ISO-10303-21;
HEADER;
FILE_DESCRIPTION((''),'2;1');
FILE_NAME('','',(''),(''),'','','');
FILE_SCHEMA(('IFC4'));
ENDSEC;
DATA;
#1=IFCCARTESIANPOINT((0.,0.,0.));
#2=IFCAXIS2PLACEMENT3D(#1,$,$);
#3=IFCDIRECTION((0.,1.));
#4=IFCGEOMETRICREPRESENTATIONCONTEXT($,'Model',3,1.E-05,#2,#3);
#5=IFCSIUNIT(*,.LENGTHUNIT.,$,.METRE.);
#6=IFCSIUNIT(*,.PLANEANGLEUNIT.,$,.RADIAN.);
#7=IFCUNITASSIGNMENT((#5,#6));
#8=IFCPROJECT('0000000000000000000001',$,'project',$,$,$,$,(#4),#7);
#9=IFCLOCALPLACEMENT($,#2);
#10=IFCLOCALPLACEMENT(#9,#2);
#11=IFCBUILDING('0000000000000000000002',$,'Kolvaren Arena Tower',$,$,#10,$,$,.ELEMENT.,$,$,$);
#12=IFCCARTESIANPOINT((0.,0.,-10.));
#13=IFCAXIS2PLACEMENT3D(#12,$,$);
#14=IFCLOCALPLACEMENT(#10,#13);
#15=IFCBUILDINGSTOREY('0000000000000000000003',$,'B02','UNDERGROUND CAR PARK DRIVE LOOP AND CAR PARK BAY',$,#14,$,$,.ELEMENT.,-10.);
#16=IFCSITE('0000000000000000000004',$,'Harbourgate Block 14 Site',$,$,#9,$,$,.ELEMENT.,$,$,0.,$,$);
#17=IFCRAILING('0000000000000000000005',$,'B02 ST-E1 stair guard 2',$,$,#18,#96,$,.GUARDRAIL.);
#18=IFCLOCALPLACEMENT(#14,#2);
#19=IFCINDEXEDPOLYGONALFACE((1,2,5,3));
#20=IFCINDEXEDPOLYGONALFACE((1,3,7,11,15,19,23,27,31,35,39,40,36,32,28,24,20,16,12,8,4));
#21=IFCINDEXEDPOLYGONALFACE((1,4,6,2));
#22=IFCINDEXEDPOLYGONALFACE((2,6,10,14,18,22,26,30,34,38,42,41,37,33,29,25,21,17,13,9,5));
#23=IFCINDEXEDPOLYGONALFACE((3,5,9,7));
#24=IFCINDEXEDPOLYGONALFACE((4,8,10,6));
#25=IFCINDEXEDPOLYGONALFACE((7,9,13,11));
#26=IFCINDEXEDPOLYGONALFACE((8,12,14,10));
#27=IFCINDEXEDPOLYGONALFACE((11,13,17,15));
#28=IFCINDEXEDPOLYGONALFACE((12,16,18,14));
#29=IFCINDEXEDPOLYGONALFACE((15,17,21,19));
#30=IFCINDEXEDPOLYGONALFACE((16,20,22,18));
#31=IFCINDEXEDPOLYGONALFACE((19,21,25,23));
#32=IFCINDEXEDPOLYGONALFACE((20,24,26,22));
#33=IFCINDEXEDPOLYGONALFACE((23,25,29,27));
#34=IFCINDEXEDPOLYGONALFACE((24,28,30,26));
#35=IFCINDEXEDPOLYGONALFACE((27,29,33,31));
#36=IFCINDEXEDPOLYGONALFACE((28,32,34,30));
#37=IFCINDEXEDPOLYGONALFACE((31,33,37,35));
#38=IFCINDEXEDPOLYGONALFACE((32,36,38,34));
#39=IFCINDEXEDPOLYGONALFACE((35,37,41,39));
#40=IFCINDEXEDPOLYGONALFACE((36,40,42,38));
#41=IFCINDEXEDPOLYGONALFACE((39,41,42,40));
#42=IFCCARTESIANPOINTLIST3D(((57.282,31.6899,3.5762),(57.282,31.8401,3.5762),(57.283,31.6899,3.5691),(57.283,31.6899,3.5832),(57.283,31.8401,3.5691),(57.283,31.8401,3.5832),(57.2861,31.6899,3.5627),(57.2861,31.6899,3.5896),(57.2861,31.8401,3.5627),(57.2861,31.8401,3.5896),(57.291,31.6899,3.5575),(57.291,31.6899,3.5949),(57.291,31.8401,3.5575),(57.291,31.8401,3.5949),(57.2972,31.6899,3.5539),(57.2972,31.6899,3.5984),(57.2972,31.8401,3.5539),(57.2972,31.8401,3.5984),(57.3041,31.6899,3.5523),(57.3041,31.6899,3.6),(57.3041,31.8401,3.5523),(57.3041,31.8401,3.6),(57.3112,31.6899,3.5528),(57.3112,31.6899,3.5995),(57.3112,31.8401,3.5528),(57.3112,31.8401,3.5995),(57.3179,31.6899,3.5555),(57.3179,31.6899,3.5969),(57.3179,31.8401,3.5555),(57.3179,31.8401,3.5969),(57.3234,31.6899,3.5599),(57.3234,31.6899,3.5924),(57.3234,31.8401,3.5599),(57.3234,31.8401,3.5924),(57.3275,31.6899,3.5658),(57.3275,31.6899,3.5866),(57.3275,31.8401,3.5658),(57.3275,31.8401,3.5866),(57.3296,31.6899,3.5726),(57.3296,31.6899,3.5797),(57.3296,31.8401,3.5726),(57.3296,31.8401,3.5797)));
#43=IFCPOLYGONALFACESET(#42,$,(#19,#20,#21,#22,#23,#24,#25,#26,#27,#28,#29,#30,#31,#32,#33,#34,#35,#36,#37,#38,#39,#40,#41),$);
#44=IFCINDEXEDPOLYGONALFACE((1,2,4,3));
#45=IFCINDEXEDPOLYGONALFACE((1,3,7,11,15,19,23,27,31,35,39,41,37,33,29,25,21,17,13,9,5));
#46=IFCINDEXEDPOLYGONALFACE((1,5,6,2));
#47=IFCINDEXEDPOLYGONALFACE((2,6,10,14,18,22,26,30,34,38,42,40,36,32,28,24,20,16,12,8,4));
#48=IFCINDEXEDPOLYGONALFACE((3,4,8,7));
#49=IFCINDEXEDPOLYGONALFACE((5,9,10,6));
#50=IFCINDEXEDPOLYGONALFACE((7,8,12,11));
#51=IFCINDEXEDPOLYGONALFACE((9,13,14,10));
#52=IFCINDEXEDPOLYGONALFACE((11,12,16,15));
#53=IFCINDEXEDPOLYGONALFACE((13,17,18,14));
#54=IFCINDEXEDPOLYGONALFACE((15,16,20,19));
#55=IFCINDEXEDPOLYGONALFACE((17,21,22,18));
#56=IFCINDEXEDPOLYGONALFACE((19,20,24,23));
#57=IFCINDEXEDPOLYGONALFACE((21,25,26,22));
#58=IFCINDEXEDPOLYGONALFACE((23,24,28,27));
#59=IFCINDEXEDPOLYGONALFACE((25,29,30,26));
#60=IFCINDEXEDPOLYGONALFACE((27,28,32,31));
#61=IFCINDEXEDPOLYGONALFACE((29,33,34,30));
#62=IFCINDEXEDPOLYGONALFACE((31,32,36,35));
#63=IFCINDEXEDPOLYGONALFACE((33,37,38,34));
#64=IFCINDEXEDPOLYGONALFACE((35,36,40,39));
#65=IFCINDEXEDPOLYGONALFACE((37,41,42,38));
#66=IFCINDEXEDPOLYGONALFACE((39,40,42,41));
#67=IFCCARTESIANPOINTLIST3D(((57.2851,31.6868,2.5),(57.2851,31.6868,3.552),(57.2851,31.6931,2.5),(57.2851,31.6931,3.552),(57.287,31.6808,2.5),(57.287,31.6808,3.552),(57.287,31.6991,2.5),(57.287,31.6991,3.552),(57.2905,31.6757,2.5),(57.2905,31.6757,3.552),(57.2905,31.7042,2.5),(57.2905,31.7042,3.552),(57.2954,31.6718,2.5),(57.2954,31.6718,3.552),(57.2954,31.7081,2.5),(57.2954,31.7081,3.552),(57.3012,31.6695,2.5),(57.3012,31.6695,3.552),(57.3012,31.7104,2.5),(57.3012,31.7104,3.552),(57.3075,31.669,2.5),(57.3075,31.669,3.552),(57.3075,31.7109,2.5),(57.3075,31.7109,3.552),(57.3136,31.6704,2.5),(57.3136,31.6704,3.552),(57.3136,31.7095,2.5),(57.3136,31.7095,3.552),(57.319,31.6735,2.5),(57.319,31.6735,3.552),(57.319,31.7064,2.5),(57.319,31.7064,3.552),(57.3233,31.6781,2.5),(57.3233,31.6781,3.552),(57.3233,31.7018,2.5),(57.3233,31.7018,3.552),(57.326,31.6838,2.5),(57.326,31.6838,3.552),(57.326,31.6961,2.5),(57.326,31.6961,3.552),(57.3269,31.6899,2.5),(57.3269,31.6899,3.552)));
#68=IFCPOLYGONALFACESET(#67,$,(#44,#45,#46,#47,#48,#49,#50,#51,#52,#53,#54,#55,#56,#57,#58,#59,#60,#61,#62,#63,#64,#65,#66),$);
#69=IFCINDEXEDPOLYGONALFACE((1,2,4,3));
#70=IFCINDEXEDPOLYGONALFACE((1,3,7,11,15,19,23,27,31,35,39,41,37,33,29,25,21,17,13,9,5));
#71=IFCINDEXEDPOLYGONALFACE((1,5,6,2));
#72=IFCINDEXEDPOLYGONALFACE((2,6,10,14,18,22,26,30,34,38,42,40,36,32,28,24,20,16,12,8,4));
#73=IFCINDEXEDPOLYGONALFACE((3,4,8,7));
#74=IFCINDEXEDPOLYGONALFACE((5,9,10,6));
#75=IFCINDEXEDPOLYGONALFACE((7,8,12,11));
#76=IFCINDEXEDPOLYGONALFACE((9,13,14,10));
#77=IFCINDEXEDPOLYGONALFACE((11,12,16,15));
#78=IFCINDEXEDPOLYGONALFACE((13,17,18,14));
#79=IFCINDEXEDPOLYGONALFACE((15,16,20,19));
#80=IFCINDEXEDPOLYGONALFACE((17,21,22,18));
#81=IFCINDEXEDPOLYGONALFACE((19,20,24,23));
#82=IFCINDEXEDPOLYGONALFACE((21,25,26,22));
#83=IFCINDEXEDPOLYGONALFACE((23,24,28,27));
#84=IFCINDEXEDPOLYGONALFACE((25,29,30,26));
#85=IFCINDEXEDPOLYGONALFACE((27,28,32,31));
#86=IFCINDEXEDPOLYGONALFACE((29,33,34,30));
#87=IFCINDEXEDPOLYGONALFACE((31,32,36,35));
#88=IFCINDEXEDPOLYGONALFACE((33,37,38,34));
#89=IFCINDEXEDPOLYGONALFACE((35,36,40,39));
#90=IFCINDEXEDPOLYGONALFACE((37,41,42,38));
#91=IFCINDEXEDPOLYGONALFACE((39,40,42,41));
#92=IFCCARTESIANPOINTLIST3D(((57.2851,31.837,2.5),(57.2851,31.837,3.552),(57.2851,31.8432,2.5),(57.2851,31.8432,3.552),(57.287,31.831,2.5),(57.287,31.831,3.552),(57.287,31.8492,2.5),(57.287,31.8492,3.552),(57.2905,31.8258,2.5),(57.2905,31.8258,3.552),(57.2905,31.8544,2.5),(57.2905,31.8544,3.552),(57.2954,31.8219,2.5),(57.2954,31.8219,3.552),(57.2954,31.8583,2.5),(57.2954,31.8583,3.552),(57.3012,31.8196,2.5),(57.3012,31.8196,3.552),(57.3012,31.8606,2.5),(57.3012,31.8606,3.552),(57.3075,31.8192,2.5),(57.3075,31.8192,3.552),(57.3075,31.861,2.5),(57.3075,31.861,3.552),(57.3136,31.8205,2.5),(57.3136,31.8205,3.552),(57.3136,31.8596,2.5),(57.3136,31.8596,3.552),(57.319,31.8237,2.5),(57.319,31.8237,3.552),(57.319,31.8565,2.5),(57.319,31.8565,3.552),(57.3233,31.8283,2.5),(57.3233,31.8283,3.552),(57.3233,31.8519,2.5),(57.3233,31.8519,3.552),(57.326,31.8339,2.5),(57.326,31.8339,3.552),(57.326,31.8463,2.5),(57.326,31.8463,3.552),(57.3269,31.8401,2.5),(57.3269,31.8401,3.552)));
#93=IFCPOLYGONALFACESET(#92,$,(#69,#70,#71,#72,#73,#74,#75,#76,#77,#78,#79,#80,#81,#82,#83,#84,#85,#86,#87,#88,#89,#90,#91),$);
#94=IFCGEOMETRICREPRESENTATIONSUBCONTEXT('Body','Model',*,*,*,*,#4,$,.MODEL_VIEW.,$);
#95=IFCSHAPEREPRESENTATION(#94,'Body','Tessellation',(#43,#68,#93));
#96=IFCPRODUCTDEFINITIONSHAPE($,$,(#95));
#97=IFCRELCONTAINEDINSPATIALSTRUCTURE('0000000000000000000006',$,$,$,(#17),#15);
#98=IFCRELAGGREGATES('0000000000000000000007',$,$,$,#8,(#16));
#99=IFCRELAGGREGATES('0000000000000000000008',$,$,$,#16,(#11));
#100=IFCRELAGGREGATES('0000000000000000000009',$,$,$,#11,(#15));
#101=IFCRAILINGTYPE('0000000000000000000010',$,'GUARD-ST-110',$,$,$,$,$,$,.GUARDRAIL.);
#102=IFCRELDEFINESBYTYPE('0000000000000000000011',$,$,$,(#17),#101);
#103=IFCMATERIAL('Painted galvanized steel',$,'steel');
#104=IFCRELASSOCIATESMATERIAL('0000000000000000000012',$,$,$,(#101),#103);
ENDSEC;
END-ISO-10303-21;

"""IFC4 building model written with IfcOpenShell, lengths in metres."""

from ifc_helpers import new_model, si_unit, direction, frame, origin, origin_2d, place, context, subcontext, project, spatial, circle, extrude, material, type_object, element, save


model = new_model("IFC4")

# Units and contexts
model_context = context("Model", 3, precision=1e-05, world=origin(), true_north=direction((0.0, 1.0)))
body_context = subcontext(model_context, "Body", "Model", "MODEL_VIEW")
ifc_project = project(units=[si_unit("LENGTHUNIT", "METRE"), si_unit("PLANEANGLEUNIT", "RADIAN")], contexts=[model_context])

# Site, building, storey
site_placement = place(None, origin())
site = spatial("IfcSite", under=ifc_project, at=site_placement, Name="Harbourgate Block 14 Site", CompositionType="ELEMENT", RefElevation=0.0)
building_placement = place(site_placement, origin())
building = spatial("IfcBuilding", under=site, at=building_placement, Name="Kolvaren Arena Tower", CompositionType="ELEMENT")
storey_placement = place(building_placement, frame((0.0, 0.0, -10.0)))
storey = spatial("IfcBuildingStorey", under=building, at=storey_placement, Name="B02", Description="UNDERGROUND CAR PARK DRIVE LOOP AND CAR PARK BAY", CompositionType="ELEMENT", Elevation=-10.0)

# Railing
ifc_material_1 = material(Name="Painted galvanized steel", Category="steel")
railing_type_1 = type_object("IfcRailingType", Name="GUARD-ST-110", PredefinedType="GUARDRAIL", material=ifc_material_1)
railing_1_placement = place(storey_placement, frame((57.3059, 31.6899, 2.5)))
element("IfcRailing", 1, at=railing_1_placement, inside=storey, type_object=railing_type_1, Name="B02 ST-E1 stair guard 2", PredefinedType="GUARDRAIL", context=body_context, shape_type="SweptSolid", body=[
    extrude(circle(Radius=0.0239, at=origin_2d()), frame((0.0, 0.0, 1.0762), z_axis=(0.0, 1.0, 0.0), x_axis=(-1.0, 0.0, 0.0)), (0.0, 0.0, 1.0), 0.1501),
    extrude(circle(Radius=0.021, at=origin_2d()), origin(), (0.0, 0.0, 1.0), 1.052),
    extrude(circle(Radius=0.021, at=origin_2d()), frame((0.0, 0.1501, 0.0)), (0.0, 0.0, 1.0), 1.052),
])

save(model, "model.ifc")
